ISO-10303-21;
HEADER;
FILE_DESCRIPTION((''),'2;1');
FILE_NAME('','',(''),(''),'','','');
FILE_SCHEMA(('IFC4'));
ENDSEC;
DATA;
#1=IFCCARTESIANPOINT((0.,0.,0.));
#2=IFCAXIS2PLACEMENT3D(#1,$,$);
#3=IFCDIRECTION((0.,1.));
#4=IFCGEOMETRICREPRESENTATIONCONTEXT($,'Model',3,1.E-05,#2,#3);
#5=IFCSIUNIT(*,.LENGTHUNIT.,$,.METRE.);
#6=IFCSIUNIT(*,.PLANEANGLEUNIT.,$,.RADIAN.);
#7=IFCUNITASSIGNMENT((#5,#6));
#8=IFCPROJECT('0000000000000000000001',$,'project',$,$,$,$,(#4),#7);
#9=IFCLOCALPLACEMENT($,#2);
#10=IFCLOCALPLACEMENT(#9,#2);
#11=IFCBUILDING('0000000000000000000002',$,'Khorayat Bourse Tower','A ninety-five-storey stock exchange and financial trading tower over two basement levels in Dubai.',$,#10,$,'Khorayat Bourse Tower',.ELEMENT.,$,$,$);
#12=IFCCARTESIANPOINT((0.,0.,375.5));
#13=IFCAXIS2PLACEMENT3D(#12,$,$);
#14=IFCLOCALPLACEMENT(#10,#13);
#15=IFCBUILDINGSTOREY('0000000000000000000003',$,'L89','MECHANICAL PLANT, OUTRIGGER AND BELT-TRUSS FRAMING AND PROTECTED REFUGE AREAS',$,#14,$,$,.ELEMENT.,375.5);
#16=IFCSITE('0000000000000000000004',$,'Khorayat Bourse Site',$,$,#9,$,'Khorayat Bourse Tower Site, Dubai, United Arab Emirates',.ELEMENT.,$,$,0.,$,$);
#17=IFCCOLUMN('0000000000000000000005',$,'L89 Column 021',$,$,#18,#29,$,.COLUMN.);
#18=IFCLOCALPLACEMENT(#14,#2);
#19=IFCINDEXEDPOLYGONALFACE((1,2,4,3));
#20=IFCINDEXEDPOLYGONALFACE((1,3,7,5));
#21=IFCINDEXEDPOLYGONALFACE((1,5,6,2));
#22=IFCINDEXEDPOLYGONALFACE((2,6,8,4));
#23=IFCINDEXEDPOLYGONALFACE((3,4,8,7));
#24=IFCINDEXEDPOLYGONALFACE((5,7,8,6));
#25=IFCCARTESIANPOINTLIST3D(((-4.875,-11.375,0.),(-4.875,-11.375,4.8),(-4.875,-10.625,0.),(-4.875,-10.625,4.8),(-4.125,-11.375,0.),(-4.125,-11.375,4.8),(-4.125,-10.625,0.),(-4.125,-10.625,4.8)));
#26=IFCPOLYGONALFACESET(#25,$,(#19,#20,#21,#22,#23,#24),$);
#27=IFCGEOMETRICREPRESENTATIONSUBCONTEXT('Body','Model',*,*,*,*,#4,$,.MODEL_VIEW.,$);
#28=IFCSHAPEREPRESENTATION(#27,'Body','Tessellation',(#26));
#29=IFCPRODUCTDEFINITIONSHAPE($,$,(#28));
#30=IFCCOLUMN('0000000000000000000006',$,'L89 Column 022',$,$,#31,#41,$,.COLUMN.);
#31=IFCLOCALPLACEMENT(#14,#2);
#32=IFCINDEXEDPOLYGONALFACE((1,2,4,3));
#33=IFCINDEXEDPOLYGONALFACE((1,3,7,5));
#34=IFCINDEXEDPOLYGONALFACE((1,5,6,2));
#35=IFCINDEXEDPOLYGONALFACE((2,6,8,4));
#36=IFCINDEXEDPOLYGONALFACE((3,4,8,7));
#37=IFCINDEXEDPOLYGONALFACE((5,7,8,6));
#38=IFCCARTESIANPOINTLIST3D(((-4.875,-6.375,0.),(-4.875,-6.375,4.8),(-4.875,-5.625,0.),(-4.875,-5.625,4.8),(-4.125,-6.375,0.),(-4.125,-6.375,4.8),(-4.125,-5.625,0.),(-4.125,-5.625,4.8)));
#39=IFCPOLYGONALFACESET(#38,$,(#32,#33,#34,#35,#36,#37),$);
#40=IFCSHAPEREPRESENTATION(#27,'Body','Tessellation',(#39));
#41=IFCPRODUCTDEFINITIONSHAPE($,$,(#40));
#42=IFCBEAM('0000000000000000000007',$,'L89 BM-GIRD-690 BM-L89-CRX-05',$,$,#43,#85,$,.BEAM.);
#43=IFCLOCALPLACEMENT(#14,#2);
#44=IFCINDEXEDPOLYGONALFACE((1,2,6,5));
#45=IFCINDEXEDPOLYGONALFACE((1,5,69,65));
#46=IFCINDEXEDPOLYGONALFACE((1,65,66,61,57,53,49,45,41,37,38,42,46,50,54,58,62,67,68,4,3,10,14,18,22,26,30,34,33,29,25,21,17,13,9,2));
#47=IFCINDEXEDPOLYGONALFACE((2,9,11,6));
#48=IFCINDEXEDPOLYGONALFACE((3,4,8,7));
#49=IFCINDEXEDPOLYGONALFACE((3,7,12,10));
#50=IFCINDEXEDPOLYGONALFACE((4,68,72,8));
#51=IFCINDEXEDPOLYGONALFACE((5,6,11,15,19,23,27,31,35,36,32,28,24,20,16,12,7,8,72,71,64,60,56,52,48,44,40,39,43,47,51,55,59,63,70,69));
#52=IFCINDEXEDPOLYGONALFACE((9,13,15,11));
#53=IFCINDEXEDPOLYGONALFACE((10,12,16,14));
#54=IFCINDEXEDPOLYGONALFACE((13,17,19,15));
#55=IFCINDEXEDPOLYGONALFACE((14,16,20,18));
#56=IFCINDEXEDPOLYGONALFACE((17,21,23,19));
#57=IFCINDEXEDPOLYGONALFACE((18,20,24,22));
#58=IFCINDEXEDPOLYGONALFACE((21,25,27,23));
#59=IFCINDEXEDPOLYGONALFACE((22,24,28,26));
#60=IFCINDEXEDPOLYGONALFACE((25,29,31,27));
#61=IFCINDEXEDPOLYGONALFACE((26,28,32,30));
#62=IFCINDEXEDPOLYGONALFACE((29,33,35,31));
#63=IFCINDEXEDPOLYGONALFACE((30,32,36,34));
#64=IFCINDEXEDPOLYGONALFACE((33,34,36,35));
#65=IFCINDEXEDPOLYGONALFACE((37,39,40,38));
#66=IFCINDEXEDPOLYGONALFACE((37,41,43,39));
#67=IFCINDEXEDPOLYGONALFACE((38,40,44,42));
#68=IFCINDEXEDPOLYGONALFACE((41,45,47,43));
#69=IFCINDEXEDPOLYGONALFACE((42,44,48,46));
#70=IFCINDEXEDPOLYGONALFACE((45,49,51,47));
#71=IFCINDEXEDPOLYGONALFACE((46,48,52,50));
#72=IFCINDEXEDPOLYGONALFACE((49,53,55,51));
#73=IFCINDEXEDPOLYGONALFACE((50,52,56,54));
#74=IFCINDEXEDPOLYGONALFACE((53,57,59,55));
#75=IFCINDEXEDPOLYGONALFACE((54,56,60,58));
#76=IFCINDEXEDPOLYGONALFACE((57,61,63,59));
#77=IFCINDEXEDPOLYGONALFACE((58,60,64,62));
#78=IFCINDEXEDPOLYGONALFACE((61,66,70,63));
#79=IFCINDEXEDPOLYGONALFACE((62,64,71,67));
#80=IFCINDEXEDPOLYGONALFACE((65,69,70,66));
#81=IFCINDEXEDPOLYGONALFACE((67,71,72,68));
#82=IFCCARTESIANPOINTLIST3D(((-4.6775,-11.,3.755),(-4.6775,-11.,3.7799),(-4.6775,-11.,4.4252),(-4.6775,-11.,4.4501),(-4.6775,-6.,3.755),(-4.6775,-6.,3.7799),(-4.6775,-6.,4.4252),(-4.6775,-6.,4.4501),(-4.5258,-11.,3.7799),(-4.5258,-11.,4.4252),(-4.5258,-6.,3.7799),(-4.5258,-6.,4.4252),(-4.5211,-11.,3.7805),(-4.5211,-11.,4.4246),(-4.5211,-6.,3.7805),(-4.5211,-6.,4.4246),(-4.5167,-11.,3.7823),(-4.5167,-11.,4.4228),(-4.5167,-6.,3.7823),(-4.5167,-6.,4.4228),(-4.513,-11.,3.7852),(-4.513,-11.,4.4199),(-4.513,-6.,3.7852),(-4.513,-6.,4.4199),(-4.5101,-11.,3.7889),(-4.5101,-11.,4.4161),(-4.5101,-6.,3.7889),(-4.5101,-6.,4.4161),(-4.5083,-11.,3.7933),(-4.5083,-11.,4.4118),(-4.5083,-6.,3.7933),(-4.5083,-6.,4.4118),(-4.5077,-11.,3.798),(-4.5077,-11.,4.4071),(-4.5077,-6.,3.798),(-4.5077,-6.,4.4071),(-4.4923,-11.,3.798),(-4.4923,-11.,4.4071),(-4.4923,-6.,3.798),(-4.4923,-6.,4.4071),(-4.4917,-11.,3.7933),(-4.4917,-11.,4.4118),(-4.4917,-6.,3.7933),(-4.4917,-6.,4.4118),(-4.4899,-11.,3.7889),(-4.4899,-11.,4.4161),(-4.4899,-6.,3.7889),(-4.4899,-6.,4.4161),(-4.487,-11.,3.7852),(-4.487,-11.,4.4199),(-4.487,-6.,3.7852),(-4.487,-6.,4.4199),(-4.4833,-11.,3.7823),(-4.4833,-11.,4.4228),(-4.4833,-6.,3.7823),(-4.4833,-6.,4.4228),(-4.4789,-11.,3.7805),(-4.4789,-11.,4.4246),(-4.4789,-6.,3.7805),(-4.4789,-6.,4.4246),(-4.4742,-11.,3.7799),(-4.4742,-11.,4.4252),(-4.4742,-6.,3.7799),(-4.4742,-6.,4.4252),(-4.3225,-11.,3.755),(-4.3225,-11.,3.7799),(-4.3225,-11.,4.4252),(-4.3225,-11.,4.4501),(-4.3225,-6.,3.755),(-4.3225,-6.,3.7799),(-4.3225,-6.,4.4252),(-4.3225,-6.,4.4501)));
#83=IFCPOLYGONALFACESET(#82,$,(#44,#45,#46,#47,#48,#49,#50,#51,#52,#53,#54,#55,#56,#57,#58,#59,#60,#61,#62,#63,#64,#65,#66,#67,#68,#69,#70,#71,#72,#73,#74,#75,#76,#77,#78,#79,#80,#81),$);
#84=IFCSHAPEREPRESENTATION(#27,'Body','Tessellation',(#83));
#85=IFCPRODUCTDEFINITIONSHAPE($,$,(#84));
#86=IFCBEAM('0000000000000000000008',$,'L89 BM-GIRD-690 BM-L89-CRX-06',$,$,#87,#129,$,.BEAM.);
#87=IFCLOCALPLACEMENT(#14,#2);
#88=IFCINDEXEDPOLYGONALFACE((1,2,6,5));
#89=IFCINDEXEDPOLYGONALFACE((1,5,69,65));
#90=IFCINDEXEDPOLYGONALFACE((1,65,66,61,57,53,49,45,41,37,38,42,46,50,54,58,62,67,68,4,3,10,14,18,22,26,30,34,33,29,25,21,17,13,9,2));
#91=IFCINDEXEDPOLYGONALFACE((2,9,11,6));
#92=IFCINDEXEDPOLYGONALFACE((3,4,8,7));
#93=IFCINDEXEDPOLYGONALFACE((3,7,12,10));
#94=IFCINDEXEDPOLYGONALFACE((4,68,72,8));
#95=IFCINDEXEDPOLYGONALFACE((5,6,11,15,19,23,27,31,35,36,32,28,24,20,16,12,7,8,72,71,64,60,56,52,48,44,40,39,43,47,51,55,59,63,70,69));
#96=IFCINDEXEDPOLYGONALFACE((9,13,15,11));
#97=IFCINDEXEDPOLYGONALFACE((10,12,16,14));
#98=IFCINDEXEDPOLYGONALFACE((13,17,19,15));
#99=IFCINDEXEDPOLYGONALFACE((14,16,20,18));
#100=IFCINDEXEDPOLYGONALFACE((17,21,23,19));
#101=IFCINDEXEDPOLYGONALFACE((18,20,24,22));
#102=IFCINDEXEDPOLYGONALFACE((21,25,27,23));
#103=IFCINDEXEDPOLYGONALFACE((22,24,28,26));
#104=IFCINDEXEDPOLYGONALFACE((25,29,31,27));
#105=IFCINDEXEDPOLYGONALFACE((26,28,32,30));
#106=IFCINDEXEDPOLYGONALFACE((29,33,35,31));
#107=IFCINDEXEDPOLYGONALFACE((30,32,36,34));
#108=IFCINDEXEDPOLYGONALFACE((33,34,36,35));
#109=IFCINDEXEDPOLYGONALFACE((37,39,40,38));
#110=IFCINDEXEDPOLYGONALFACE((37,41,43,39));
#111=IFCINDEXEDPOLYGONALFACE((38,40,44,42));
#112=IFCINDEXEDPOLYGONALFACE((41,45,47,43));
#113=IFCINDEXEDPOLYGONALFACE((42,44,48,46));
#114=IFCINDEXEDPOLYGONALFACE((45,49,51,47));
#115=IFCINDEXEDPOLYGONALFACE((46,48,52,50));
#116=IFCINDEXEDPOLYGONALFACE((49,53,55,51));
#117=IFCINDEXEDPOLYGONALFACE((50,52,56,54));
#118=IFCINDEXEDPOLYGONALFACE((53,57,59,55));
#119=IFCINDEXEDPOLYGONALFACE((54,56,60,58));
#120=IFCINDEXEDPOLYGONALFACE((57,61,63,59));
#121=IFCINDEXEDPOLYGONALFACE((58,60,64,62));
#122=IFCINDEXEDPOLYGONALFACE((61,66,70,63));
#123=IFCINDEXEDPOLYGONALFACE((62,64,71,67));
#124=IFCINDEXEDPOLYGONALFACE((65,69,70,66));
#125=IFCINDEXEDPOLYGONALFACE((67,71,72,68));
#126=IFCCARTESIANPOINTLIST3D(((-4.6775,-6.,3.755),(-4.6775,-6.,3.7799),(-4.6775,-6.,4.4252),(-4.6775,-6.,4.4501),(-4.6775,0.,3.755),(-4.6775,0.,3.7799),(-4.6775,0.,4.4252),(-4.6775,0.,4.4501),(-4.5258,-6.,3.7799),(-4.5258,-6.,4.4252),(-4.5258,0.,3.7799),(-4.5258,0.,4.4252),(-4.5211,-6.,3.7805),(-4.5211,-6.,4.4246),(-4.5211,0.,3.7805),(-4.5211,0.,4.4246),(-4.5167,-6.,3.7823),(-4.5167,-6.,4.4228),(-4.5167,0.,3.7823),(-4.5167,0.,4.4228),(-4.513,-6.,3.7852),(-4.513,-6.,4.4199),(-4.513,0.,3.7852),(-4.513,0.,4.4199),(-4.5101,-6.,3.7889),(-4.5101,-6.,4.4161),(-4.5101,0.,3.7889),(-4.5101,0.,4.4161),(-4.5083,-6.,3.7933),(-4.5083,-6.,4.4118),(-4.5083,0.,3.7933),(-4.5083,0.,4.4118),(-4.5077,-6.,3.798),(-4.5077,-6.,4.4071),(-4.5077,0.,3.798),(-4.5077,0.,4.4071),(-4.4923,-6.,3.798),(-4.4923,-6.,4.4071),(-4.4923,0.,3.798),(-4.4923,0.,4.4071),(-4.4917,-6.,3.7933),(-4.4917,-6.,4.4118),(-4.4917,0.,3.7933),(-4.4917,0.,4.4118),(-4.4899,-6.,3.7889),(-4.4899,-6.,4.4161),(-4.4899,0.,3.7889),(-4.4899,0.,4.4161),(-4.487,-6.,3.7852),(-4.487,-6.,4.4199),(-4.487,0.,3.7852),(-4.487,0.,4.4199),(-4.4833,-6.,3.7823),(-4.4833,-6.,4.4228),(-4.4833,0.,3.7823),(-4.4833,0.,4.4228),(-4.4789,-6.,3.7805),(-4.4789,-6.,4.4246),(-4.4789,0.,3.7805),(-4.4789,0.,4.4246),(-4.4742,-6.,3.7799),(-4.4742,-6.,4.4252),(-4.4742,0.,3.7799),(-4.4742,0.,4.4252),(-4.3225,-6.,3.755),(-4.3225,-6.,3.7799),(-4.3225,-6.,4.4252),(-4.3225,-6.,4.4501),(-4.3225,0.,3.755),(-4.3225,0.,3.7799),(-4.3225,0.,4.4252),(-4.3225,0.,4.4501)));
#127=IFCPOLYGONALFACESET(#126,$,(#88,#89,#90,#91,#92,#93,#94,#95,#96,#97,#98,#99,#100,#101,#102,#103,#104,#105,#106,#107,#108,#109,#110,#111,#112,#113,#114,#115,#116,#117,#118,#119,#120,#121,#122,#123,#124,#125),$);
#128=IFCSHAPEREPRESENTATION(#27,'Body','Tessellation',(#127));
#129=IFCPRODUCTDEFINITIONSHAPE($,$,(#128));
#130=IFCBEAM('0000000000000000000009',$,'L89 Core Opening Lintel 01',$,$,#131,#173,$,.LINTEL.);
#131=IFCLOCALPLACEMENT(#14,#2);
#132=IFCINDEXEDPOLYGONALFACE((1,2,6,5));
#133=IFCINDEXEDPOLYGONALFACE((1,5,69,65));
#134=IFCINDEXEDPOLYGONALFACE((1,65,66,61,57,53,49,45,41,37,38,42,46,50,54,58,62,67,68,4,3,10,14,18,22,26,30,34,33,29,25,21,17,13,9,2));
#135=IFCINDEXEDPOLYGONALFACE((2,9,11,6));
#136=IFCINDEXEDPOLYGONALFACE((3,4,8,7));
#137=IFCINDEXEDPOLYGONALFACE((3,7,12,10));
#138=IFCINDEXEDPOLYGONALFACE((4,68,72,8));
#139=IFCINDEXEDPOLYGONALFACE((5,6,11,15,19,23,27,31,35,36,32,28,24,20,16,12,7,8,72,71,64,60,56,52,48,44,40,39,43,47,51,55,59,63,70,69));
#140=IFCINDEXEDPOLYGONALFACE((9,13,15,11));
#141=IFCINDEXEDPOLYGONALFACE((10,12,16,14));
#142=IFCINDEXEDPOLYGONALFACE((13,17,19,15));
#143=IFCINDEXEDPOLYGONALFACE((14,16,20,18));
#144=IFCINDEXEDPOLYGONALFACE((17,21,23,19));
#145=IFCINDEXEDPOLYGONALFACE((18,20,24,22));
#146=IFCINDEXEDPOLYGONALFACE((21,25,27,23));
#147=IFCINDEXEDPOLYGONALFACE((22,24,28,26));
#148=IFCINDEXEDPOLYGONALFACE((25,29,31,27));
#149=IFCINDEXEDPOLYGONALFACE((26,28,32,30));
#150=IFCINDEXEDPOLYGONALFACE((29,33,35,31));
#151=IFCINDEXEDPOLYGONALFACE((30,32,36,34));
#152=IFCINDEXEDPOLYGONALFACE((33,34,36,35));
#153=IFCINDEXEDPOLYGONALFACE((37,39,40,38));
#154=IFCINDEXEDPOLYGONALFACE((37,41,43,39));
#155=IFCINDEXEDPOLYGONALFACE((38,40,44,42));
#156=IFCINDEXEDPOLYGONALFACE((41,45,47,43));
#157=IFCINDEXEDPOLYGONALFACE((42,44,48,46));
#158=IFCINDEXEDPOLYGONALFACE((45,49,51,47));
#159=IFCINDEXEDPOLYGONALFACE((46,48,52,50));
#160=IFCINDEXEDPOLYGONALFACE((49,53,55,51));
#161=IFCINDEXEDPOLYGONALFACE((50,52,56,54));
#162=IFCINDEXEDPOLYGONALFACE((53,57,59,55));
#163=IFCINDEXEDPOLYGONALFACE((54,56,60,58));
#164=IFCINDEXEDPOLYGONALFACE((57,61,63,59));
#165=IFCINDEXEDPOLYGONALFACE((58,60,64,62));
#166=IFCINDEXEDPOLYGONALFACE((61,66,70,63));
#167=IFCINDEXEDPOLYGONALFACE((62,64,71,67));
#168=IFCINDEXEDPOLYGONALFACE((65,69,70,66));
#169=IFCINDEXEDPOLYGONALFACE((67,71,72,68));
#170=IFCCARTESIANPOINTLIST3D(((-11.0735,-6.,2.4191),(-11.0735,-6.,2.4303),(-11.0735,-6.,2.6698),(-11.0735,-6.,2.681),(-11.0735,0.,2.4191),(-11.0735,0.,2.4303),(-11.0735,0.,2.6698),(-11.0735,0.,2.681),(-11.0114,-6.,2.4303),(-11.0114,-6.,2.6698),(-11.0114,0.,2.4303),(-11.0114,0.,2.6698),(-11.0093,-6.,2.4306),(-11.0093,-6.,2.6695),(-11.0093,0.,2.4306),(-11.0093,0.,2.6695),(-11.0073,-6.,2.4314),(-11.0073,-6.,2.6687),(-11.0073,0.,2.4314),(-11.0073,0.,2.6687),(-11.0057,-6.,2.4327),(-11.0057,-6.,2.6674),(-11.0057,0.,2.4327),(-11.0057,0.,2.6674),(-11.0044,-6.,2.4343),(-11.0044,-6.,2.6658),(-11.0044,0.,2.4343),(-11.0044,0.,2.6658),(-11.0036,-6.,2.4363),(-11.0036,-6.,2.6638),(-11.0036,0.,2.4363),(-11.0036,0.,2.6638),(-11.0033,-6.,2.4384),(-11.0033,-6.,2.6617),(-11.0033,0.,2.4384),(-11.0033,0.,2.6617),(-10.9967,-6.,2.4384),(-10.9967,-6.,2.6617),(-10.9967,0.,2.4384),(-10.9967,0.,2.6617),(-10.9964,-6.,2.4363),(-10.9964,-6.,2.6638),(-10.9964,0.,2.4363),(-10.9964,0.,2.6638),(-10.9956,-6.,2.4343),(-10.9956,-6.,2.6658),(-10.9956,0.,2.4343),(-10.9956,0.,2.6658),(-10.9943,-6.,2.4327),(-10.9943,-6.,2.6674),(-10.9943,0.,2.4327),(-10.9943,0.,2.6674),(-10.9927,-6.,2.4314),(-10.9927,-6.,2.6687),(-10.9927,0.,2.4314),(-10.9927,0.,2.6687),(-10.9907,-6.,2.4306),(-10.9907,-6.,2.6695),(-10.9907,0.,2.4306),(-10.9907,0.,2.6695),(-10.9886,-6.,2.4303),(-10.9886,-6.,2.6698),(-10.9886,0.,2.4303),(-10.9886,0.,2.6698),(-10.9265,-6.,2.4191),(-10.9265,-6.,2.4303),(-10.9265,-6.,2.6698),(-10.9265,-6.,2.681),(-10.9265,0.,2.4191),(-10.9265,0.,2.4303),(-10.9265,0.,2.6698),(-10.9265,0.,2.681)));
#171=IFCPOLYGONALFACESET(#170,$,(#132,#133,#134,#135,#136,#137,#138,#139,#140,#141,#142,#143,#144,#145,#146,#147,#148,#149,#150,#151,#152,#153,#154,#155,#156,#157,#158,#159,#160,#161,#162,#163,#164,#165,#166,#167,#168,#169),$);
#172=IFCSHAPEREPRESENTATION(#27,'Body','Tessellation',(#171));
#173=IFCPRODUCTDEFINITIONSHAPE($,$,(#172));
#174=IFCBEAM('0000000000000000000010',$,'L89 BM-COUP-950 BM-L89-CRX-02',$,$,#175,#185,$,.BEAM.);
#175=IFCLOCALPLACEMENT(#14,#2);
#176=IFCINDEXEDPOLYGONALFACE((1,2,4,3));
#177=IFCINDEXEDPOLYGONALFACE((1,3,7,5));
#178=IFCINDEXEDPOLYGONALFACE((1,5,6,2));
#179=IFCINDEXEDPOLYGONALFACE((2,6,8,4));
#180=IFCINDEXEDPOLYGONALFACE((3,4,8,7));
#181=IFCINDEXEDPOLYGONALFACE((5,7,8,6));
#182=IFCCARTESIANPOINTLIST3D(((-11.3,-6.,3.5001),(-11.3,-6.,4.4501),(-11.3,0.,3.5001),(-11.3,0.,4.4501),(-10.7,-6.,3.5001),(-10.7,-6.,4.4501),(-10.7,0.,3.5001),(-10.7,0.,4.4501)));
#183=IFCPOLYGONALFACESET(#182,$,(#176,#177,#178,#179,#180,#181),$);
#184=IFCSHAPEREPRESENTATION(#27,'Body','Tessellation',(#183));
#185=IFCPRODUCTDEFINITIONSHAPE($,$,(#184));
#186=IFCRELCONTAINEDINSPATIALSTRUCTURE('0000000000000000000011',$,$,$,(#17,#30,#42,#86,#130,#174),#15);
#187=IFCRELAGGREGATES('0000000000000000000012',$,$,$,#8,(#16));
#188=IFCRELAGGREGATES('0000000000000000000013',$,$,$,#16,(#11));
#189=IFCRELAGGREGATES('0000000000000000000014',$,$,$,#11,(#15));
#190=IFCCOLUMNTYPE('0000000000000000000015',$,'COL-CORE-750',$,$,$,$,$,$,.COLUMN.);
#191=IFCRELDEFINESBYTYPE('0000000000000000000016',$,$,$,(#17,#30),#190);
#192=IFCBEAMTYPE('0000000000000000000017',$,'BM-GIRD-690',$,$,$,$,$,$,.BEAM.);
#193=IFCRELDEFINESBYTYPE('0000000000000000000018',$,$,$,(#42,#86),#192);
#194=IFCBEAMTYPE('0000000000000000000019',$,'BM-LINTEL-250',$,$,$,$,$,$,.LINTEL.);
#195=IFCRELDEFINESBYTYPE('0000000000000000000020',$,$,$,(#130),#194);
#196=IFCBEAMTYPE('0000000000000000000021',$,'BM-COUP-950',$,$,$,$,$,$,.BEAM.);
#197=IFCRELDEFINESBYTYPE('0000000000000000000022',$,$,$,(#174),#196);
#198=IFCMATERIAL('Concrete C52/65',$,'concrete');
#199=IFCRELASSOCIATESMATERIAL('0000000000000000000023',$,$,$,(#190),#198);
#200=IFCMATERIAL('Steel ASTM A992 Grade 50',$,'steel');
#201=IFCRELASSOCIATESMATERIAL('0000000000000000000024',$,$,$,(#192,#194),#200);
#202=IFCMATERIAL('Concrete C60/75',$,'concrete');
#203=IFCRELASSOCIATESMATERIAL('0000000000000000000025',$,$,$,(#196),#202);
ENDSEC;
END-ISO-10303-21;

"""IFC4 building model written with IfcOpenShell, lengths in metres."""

from ifc_helpers import new_model, si_unit, direction, frame, origin, origin_2d, place, context, subcontext, project, spatial, rectangle, i_section, extrude, source, transform, mapped, material, material_profile, profile_set, type_object, element, save


model = new_model("IFC4")

# Units and contexts
model_context = context("Model", 3, precision=1e-05, world=origin(), true_north=direction((0.0, 1.0)))
body_context = subcontext(model_context, "Body", "Model", "MODEL_VIEW")
ifc_project = project(units=[si_unit("LENGTHUNIT", "METRE"), si_unit("PLANEANGLEUNIT", "RADIAN")], contexts=[model_context])

# Site, building, storey
site_placement = place(None, origin())
site = spatial("IfcSite", under=ifc_project, at=site_placement, Name="Khorayat Bourse Site", LongName="Khorayat Bourse Tower Site, Dubai, United Arab Emirates", CompositionType="ELEMENT", RefElevation=0.0)
building_placement = place(site_placement, origin())
building = spatial("IfcBuilding", under=site, at=building_placement, Name="Khorayat Bourse Tower", Description="A ninety-five-storey stock exchange and financial trading tower over two basement levels in Dubai.", LongName="Khorayat Bourse Tower", CompositionType="ELEMENT")
storey_placement = place(building_placement, frame((0.0, 0.0, 375.5)))
storey = spatial("IfcBuildingStorey", under=building, at=storey_placement, Name="L89", Description="MECHANICAL PLANT, OUTRIGGER AND BELT-TRUSS FRAMING AND PROTECTED REFUGE AREAS", CompositionType="ELEMENT", Elevation=375.5)

# Columns
ifc_material_1 = material(Name="Concrete C52/65", Category="concrete")
ifc_material_profile_1 = material_profile(ifc_material_1, rectangle(XDim=0.75, YDim=0.75, at=origin_2d()), Name="RC 750x750")
ifc_profile_set_1 = profile_set([ifc_material_profile_1], Name="Concrete C52/65")
column_type = type_object("IfcColumnType", Name="COL-CORE-750", PredefinedType="COLUMN", material=ifc_profile_set_1)
shared_shape_1 = source(origin(), body_context, "Body", "SweptSolid", [
    extrude(rectangle(XDim=0.75, YDim=0.75, at=origin_2d()), origin(), (0.0, 0.0, 1.0), 4.8),
])
for number, where, z_axis, x_axis, name in (
    (1, (-4.5, -11.0, 0.0), (0.0, 0.0, 1.0), (1.0, 0.0, 0.0), "L89 Column 021"),
    (2, (-4.5, -6.0, 0.0), (0.0, 0.0, 1.0), (1.0, 0.0, 0.0), "L89 Column 022"),
):
    element("IfcColumn", number, at=place(storey_placement, frame(where, z_axis=z_axis, x_axis=x_axis)), inside=storey, type_object=column_type, Name=name, PredefinedType="COLUMN", context=body_context, shape_type="MappedRepresentation", body=[
        mapped(shared_shape_1, transform((0.0, 0.0, 0.0), scale=1.0)),
    ])

# Beams
ifc_material_2 = material(Name="Steel ASTM A992 Grade 50", Category="steel")
ifc_material_profile_2 = material_profile(ifc_material_2, i_section(OverallWidth=0.355, OverallDepth=0.6951, WebThickness=0.0154, FlangeThickness=0.0249, FilletRadius=0.0181, at=origin_2d()), Name="W690X217")
ifc_profile_set_2 = profile_set([ifc_material_profile_2], Name="Steel ASTM A992 Grade 50")
beam_type_1 = type_object("IfcBeamType", Name="BM-GIRD-690", PredefinedType="BEAM", material=ifc_profile_set_2)
shared_shape_2 = source(origin(), body_context, "Body", "SweptSolid", [
    extrude(i_section(OverallWidth=0.355, OverallDepth=0.6951, WebThickness=0.0154, FlangeThickness=0.0249, FilletRadius=0.0181, at=origin_2d()), origin(), (0.0, 0.0, 1.0), 5.0),
])
beam_1_placement = place(storey_placement, frame((-4.5, -11.0, 4.1025), z_axis=(0.0, 1.0, 0.0), x_axis=(-1.0, 0.0, 0.0)))
element("IfcBeam", 3, at=beam_1_placement, inside=storey, type_object=beam_type_1, Name="L89 BM-GIRD-690 BM-L89-CRX-05", PredefinedType="BEAM", context=body_context, shape_type="MappedRepresentation", body=[
    mapped(shared_shape_2, transform((0.0, 0.0, 0.0), scale=1.0)),
])
shared_shape_3 = source(origin(), body_context, "Body", "SweptSolid", [
    extrude(i_section(OverallWidth=0.355, OverallDepth=0.6951, WebThickness=0.0154, FlangeThickness=0.0249, FilletRadius=0.0181, at=origin_2d()), origin(), (0.0, 0.0, 1.0), 6.0),
])
beam_2_placement = place(storey_placement, frame((-4.5, -6.0, 4.1025), z_axis=(0.0, 1.0, 0.0), x_axis=(-1.0, 0.0, 0.0)))
element("IfcBeam", 4, at=beam_2_placement, inside=storey, type_object=beam_type_1, Name="L89 BM-GIRD-690 BM-L89-CRX-06", PredefinedType="BEAM", context=body_context, shape_type="MappedRepresentation", body=[
    mapped(shared_shape_3, transform((0.0, 0.0, 0.0), scale=1.0)),
])
ifc_material_profile_3 = material_profile(ifc_material_2, i_section(OverallWidth=0.147, OverallDepth=0.262, WebThickness=0.0066, FlangeThickness=0.0112, FilletRadius=0.0081, at=origin_2d()), Name="W250X39")
ifc_profile_set_3 = profile_set([ifc_material_profile_3], Name="Steel ASTM A992 Grade 50")
beam_type_2 = type_object("IfcBeamType", Name="BM-LINTEL-250", PredefinedType="LINTEL", material=ifc_profile_set_3)
shared_shape_4 = source(origin(), body_context, "Body", "SweptSolid", [
    extrude(i_section(OverallWidth=0.147, OverallDepth=0.262, WebThickness=0.0066, FlangeThickness=0.0112, FilletRadius=0.0081, at=origin_2d()), origin(), (0.0, 0.0, 1.0), 6.0),
])
beam_3_placement = place(storey_placement, frame((-11.0, -6.0, 2.55), z_axis=(0.0, 1.0, 0.0), x_axis=(-1.0, 0.0, 0.0)))
element("IfcBeam", 5, at=beam_3_placement, inside=storey, type_object=beam_type_2, Name="L89 Core Opening Lintel 01", PredefinedType="LINTEL", context=body_context, shape_type="MappedRepresentation", body=[
    mapped(shared_shape_4, transform((0.0, 0.0, 0.0), scale=1.0)),
])
ifc_material_3 = material(Name="Concrete C60/75", Category="concrete")
ifc_material_profile_4 = material_profile(ifc_material_3, rectangle(XDim=0.6001, YDim=0.95, at=origin_2d()), Name="RC 600x950")
ifc_profile_set_4 = profile_set([ifc_material_profile_4], Name="Concrete C60/75")
beam_type_3 = type_object("IfcBeamType", Name="BM-COUP-950", PredefinedType="BEAM", material=ifc_profile_set_4)
shared_shape_5 = source(origin(), body_context, "Body", "SweptSolid", [
    extrude(rectangle(XDim=0.6001, YDim=0.95, at=origin_2d()), origin(), (0.0, 0.0, 1.0), 6.0),
])
beam_4_placement = place(storey_placement, frame((-11.0, -6.0, 3.9751), z_axis=(0.0, 1.0, 0.0), x_axis=(-1.0, 0.0, 0.0)))
element("IfcBeam", 6, at=beam_4_placement, inside=storey, type_object=beam_type_3, Name="L89 BM-COUP-950 BM-L89-CRX-02", PredefinedType="BEAM", context=body_context, shape_type="MappedRepresentation", body=[
    mapped(shared_shape_5, transform((0.0, 0.0, 0.0), scale=1.0)),
])

save(model, "model.ifc")
